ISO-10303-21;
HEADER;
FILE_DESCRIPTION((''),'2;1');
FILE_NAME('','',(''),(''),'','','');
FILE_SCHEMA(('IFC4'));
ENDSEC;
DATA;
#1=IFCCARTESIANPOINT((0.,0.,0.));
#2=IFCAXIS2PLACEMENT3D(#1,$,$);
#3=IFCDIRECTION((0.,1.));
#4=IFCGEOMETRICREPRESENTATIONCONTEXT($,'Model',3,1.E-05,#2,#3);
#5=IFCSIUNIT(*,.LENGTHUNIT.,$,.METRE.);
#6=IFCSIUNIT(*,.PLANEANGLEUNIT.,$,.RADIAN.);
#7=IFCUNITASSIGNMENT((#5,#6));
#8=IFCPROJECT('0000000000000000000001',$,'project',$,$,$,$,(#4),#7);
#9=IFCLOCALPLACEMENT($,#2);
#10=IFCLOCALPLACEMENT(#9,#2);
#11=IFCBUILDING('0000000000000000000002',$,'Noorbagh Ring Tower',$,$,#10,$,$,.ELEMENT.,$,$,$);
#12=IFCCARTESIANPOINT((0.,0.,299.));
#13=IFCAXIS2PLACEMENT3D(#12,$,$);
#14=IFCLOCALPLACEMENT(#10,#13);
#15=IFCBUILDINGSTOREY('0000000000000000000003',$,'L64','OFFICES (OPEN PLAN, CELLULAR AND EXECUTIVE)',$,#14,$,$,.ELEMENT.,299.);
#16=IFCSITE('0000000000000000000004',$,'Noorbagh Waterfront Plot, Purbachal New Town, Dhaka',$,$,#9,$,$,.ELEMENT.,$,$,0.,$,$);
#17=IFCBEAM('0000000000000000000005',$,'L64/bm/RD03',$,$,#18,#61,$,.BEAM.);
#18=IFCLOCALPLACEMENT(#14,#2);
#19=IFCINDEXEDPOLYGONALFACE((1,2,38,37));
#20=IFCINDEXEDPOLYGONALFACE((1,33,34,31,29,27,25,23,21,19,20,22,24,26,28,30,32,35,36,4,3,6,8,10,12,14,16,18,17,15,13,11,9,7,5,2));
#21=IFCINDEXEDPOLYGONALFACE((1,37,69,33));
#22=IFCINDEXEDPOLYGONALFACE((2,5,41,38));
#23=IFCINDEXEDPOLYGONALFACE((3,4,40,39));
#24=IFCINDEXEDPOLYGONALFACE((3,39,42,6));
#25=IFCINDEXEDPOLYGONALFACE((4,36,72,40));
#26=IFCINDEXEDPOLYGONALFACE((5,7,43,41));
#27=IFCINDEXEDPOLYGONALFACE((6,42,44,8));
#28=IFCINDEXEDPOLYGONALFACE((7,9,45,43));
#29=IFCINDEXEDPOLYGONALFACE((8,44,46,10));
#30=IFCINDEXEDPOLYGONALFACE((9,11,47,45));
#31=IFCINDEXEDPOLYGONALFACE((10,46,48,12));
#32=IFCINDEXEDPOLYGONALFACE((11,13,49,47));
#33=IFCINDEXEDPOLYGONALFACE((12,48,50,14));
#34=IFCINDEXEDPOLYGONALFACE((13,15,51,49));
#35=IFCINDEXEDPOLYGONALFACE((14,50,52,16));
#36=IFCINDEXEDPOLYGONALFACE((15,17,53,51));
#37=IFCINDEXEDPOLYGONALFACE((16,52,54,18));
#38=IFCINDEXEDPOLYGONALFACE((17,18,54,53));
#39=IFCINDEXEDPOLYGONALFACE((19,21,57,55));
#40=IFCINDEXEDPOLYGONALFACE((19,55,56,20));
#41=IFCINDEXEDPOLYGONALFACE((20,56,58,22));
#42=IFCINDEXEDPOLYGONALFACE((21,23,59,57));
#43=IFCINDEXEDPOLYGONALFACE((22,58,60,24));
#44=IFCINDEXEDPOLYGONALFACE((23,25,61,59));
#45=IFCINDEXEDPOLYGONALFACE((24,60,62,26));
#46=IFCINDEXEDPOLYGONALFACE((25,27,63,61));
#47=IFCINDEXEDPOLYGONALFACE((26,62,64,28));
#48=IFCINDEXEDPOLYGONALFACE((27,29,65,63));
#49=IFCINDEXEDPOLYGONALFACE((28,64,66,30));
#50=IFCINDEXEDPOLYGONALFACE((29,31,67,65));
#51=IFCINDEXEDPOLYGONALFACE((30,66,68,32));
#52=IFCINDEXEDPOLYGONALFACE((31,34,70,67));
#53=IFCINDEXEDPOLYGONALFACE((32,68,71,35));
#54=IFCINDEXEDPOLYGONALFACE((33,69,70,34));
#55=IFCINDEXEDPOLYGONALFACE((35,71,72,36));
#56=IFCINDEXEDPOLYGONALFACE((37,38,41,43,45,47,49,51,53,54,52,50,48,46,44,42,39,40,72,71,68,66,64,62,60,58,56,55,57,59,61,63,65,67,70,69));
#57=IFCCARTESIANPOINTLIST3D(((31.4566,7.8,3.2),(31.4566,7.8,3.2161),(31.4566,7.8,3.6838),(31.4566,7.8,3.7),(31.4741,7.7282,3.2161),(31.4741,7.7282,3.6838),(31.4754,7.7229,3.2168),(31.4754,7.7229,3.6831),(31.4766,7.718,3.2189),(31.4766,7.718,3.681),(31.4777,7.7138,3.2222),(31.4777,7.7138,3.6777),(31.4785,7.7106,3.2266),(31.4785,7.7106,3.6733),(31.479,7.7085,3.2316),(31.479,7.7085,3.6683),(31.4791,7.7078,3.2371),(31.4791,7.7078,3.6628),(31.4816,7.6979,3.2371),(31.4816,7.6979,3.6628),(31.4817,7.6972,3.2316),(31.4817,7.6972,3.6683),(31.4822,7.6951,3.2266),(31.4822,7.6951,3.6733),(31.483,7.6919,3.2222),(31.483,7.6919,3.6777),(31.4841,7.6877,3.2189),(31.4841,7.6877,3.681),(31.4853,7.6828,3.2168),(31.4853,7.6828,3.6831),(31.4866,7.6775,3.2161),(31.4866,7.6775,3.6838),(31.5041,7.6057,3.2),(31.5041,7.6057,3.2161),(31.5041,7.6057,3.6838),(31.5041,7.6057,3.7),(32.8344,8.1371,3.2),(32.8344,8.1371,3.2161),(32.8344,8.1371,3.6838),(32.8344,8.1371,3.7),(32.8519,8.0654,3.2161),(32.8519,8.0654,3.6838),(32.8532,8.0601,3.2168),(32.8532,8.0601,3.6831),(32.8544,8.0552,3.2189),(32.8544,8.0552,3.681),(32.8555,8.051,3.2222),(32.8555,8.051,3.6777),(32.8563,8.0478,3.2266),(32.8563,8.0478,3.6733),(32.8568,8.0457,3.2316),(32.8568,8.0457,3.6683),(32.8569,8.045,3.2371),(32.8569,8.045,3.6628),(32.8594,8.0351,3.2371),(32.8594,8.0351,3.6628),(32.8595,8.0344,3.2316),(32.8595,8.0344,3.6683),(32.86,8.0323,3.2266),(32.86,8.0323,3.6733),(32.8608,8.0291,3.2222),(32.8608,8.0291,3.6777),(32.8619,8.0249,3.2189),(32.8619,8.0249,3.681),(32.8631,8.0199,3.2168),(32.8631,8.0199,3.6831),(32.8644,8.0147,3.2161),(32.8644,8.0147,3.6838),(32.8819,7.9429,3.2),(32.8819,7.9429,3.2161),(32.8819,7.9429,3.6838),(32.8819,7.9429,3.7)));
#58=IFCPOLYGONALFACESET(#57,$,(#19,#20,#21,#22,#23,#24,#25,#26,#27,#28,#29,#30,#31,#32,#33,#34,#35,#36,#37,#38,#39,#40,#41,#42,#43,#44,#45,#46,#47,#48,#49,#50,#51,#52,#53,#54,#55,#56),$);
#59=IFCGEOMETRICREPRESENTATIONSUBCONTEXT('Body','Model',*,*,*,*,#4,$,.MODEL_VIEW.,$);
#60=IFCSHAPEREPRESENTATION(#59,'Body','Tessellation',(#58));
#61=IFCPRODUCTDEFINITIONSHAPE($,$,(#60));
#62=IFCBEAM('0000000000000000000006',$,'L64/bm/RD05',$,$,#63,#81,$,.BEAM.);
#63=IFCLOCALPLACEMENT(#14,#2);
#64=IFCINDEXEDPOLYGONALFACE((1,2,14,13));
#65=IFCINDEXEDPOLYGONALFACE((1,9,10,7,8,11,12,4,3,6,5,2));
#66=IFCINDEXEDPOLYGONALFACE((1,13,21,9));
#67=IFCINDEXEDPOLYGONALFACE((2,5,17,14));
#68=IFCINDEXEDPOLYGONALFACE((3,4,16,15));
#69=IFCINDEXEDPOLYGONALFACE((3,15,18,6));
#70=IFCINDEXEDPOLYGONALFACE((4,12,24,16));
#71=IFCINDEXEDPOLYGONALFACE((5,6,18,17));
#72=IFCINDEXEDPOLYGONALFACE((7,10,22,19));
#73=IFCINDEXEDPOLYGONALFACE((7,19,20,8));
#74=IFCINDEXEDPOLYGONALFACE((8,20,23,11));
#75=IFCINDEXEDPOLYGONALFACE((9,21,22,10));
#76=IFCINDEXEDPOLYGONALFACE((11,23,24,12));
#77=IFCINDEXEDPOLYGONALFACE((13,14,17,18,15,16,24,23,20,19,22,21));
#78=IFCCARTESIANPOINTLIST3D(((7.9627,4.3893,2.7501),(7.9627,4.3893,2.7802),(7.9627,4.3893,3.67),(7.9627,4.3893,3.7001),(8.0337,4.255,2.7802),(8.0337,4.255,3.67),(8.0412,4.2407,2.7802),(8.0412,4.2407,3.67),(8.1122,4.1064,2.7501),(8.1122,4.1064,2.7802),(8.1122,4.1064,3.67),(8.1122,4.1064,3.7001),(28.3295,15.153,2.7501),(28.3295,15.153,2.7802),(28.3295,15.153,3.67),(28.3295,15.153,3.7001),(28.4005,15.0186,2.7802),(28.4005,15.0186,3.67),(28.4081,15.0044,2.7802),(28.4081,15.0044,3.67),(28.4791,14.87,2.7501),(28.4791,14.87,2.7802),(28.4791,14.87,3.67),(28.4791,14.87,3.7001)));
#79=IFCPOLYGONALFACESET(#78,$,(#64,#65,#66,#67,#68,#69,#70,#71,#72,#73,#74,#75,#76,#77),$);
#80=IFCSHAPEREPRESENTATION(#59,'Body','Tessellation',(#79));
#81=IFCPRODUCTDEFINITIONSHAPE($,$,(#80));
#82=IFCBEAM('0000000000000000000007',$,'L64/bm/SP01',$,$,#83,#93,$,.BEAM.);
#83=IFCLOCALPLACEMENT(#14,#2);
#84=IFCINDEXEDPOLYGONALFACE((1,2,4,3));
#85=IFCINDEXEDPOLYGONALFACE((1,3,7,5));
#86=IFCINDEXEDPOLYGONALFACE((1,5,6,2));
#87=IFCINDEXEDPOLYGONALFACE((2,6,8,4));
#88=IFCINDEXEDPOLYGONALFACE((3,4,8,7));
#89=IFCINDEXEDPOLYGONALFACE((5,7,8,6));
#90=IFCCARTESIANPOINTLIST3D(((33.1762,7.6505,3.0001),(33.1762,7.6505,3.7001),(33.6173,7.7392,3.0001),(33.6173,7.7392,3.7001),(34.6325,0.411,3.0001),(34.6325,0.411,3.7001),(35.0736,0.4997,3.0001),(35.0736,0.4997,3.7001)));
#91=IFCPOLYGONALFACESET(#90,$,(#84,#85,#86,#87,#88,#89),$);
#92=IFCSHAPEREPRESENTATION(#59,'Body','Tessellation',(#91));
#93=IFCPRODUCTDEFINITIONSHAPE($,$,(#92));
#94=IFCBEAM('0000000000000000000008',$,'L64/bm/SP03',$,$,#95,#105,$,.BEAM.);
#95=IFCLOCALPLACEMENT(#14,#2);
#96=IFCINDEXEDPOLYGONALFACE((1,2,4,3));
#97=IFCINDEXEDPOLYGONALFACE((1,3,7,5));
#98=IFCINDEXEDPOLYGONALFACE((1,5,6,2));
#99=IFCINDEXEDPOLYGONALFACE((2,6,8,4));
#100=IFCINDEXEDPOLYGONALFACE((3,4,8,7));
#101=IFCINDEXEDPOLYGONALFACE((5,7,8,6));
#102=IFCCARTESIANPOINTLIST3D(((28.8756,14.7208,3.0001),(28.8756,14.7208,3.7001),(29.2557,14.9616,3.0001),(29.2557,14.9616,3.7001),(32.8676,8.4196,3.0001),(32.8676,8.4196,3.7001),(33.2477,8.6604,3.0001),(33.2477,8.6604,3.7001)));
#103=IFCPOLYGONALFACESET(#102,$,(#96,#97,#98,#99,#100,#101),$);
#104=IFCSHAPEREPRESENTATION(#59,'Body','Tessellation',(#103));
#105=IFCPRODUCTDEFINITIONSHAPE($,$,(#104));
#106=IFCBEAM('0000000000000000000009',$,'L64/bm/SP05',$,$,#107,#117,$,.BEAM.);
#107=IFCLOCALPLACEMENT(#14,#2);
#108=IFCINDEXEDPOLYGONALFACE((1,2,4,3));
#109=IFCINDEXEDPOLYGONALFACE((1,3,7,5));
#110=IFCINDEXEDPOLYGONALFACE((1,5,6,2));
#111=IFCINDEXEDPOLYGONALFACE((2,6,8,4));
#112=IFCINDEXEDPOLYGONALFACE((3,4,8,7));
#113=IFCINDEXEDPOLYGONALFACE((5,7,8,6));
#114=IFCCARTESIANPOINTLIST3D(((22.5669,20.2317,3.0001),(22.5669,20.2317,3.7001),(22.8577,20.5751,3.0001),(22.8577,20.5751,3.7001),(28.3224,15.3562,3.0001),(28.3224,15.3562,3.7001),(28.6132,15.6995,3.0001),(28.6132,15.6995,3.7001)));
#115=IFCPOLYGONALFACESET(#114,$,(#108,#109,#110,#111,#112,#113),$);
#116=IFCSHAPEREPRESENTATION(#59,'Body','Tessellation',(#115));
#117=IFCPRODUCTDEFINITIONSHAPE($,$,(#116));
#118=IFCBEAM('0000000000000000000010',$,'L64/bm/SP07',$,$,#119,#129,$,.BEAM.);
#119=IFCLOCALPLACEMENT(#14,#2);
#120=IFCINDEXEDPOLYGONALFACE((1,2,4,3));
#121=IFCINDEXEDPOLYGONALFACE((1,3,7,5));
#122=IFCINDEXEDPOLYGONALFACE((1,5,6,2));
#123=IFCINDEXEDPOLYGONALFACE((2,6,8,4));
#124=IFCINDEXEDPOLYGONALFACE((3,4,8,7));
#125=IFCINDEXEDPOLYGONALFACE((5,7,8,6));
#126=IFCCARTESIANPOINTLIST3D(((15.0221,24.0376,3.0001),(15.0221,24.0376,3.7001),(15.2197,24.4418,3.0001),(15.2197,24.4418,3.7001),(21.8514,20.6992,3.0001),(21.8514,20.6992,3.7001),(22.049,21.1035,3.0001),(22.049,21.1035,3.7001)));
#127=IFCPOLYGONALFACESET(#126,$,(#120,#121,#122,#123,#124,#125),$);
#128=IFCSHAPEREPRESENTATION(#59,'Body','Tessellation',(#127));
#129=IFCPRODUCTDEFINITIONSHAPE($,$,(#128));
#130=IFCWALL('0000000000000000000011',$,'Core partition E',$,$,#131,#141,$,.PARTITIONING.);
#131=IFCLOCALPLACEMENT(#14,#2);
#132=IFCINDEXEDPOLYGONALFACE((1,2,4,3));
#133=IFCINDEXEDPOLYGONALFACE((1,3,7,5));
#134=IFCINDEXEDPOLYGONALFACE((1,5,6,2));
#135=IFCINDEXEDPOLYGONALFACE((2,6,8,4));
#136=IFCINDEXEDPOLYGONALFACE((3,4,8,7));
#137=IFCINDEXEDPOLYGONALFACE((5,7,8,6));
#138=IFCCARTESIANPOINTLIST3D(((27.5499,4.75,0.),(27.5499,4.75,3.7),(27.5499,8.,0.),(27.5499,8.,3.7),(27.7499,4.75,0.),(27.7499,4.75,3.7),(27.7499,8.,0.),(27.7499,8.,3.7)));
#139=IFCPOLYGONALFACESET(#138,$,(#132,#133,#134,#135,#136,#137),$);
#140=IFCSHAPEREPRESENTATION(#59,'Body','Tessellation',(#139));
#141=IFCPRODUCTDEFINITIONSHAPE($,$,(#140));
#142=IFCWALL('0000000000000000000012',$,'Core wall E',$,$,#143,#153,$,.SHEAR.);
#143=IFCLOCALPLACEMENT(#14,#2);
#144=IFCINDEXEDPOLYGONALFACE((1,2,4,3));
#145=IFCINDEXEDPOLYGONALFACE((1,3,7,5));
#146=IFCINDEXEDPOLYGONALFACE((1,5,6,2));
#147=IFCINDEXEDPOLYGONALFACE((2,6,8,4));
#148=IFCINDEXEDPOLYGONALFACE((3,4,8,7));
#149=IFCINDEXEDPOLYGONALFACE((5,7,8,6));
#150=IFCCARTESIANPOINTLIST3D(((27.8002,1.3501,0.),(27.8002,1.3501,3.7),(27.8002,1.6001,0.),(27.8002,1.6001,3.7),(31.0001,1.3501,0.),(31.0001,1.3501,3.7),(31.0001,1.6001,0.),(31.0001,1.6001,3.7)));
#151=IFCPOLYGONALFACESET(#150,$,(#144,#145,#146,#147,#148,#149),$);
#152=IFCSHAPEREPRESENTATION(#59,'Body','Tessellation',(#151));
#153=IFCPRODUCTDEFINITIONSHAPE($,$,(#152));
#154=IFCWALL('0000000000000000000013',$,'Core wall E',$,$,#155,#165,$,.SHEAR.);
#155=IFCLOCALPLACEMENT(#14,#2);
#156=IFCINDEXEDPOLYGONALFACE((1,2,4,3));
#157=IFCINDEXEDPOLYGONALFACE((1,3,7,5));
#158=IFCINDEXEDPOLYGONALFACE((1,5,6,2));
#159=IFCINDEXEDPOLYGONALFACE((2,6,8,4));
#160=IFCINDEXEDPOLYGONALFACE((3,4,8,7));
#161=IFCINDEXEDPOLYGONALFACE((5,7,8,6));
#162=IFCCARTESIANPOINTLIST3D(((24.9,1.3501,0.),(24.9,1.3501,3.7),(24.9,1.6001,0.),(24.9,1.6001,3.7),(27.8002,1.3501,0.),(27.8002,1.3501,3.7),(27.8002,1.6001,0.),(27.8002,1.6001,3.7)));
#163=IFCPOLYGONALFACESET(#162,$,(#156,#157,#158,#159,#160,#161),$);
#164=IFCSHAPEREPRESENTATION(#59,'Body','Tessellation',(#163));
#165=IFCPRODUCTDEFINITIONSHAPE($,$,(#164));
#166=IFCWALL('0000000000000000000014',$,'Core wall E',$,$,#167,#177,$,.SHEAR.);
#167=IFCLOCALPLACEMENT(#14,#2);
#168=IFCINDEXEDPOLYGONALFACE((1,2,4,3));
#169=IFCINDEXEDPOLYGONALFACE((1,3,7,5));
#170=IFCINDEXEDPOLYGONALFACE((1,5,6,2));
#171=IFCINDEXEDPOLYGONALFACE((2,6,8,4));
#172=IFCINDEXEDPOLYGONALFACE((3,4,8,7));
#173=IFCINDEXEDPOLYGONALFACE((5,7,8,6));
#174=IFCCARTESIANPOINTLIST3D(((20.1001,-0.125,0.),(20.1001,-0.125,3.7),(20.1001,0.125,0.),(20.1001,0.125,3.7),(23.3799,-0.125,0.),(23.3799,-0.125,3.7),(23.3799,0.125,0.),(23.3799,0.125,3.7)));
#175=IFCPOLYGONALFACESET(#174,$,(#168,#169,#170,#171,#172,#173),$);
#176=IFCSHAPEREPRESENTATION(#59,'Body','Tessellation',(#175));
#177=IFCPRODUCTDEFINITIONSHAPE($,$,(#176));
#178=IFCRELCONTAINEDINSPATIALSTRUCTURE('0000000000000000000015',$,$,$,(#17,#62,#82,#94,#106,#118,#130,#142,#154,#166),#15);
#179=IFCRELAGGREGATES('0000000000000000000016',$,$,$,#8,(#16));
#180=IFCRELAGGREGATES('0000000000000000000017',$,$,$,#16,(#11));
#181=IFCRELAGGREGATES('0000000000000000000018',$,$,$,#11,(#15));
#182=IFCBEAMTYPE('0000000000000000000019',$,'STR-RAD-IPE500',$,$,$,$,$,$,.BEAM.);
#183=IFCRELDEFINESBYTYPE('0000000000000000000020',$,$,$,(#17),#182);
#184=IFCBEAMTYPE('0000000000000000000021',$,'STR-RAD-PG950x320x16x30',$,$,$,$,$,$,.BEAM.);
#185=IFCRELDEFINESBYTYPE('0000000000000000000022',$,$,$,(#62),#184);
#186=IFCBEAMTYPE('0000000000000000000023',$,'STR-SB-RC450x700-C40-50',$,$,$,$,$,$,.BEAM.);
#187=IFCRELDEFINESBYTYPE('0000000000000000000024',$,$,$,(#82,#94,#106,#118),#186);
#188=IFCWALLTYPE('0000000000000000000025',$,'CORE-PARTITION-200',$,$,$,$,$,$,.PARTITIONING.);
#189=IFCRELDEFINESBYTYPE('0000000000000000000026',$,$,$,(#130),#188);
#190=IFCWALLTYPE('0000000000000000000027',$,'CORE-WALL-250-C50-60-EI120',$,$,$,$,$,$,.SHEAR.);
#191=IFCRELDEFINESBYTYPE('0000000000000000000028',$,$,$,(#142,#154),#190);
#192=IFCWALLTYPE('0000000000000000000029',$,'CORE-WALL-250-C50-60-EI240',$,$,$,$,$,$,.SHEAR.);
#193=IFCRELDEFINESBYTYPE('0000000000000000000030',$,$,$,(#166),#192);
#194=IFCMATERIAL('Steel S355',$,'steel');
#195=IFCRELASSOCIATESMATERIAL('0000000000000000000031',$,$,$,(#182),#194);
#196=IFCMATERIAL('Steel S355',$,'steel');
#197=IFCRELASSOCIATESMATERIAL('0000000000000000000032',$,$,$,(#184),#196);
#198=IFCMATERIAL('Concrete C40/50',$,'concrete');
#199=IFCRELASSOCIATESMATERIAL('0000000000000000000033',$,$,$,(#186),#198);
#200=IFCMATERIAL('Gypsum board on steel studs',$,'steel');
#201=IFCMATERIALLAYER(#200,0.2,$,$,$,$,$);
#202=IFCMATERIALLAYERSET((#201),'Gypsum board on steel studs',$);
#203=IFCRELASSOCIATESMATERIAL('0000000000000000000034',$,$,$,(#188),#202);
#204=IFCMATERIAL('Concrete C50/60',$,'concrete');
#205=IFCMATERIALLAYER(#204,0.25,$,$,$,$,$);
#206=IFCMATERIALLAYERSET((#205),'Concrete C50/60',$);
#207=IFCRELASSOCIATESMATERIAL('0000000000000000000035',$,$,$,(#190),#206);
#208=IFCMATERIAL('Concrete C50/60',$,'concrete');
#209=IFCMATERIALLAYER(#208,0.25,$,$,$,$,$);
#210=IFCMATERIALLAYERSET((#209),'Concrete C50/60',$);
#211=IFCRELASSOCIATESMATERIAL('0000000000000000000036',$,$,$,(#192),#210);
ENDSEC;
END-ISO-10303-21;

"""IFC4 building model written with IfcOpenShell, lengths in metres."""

from ifc_helpers import new_model, si_unit, direction, frame, frame_2d, origin, origin_2d, place, context, subcontext, project, spatial, rectangle, i_section, extrude, material, layer, layer_set, material_profile, profile_set, type_object, element, save


model = new_model("IFC4")

# Units and contexts
model_context = context("Model", 3, precision=1e-05, world=origin(), true_north=direction((0.0, 1.0)))
body_context = subcontext(model_context, "Body", "Model", "MODEL_VIEW")
ifc_project = project(units=[si_unit("LENGTHUNIT", "METRE"), si_unit("PLANEANGLEUNIT", "RADIAN")], contexts=[model_context])

# Site, building, storey
site_placement = place(None, origin())
site = spatial("IfcSite", under=ifc_project, at=site_placement, Name="Noorbagh Waterfront Plot, Purbachal New Town, Dhaka", CompositionType="ELEMENT", RefElevation=0.0)
building_placement = place(site_placement, origin())
building = spatial("IfcBuilding", under=site, at=building_placement, Name="Noorbagh Ring Tower", CompositionType="ELEMENT")
storey_placement = place(building_placement, frame((0.0, 0.0, 299.0)))
storey = spatial("IfcBuildingStorey", under=building, at=storey_placement, Name="L64", Description="OFFICES (OPEN PLAN, CELLULAR AND EXECUTIVE)", CompositionType="ELEMENT", Elevation=299.0)

# Beams
ifc_material_1 = material(Name="Steel S355", Category="steel")
ifc_material_profile_1 = material_profile(ifc_material_1, i_section(OverallWidth=0.2, OverallDepth=0.5, WebThickness=0.0103, FlangeThickness=0.0161, FilletRadius=0.021, at=origin_2d()), Name="IPE500")
ifc_profile_set_1 = profile_set([ifc_material_profile_1], Name="Steel S355")
beam_type_1 = type_object("IfcBeamType", Name="STR-RAD-IPE500", PredefinedType="BEAM", material=ifc_profile_set_1)
beam_1_placement = place(storey_placement, frame((32.8582, 8.04, 3.45), z_axis=(-0.971335, -0.237713, 0.0), x_axis=(0.237713, -0.971335, 0.0)))
element("IfcBeam", 1, at=beam_1_placement, inside=storey, type_object=beam_type_1, Name="L64/bm/RD03", PredefinedType="BEAM", context=body_context, shape_type="SweptSolid", body=[
    extrude(i_section(OverallWidth=0.2, OverallDepth=0.5, WebThickness=0.0103, FlangeThickness=0.0161, FilletRadius=0.021, at=origin_2d()), origin(), (0.0, 0.0, 1.0), 1.4185),
])
ifc_material_2 = material(Name="Steel S355", Category="steel")
ifc_material_profile_2 = material_profile(ifc_material_2, i_section(OverallWidth=0.3201, OverallDepth=0.95, WebThickness=0.0161, FlangeThickness=0.03, at=origin_2d()), Name="PG950x320x16x30")
ifc_profile_set_2 = profile_set([ifc_material_profile_2], Name="Steel S355")
beam_type_2 = type_object("IfcBeamType", Name="STR-RAD-PG950x320x16x30", PredefinedType="BEAM", material=ifc_profile_set_2)
beam_2_placement = place(storey_placement, frame((28.4043, 15.0115, 3.2251), z_axis=(-0.884126, -0.467249, 0.0), x_axis=(0.467249, -0.884126, 0.0)))
element("IfcBeam", 2, at=beam_2_placement, inside=storey, type_object=beam_type_2, Name="L64/bm/RD05", PredefinedType="BEAM", context=body_context, shape_type="SweptSolid", body=[
    extrude(i_section(OverallWidth=0.3201, OverallDepth=0.95, WebThickness=0.0161, FlangeThickness=0.03, at=origin_2d()), origin(), (0.0, 0.0, 1.0), 23.0361),
])
ifc_material_3 = material(Name="Concrete C40/50", Category="concrete")
ifc_material_profile_3 = material_profile(ifc_material_3, rectangle(XDim=0.45, YDim=0.7, at=origin_2d()), Name="RC450x700")
ifc_profile_set_3 = profile_set([ifc_material_profile_3], Name="Concrete C40/50")
beam_type_3 = type_object("IfcBeamType", Name="STR-SB-RC450x700-C40-50", PredefinedType="BEAM", material=ifc_profile_set_3)
beam_3_placement = place(storey_placement, frame((34.853, 0.4553, 3.3501), z_axis=(-0.19721, 0.980361, 0.0), x_axis=(-0.980361, -0.19721, 0.0)))
element("IfcBeam", 3, at=beam_3_placement, inside=storey, type_object=beam_type_3, Name="L64/bm/SP01", PredefinedType="BEAM", context=body_context, shape_type="SweptSolid", body=[
    extrude(rectangle(XDim=0.45, YDim=0.7, at=origin_2d()), origin(), (0.0, 0.0, 1.0), 7.3845),
])
beam_4_placement = place(storey_placement, frame((33.0576, 8.54, 3.3501), z_axis=(-0.535176, 0.844741, 0.0), x_axis=(-0.844741, -0.535176, 0.0)))
element("IfcBeam", 4, at=beam_4_placement, inside=storey, type_object=beam_type_3, Name="L64/bm/SP03", PredefinedType="BEAM", context=body_context, shape_type="SweptSolid", body=[
    extrude(rectangle(XDim=0.45, YDim=0.7, at=origin_2d()), origin(), (0.0, 0.0, 1.0), 7.4592),
])
beam_5_placement = place(storey_placement, frame((28.4678, 15.5278, 3.3501), z_axis=(-0.763023, 0.646372, 0.0), x_axis=(-0.646372, -0.763023, 0.0)))
element("IfcBeam", 5, at=beam_5_placement, inside=storey, type_object=beam_type_3, Name="L64/bm/SP05", PredefinedType="BEAM", context=body_context, shape_type="SweptSolid", body=[
    extrude(rectangle(XDim=0.45, YDim=0.7, at=origin_2d()), origin(), (0.0, 0.0, 1.0), 7.543),
])
beam_6_placement = place(storey_placement, frame((21.9502, 20.9014, 3.3501), z_axis=(-0.898406, 0.439166, 0.0), x_axis=(-0.439166, -0.898406, 0.0)))
element("IfcBeam", 6, at=beam_6_placement, inside=storey, type_object=beam_type_3, Name="L64/bm/SP07", PredefinedType="BEAM", context=body_context, shape_type="SweptSolid", body=[
    extrude(rectangle(XDim=0.45, YDim=0.7, at=origin_2d()), origin(), (0.0, 0.0, 1.0), 7.6016),
])

# Walls
ifc_material_4 = material(Name="Gypsum board on steel studs", Category="steel")
ifc_layer_1 = layer(ifc_material_4, 0.2)
ifc_layer_set_1 = layer_set([ifc_layer_1], Name="Gypsum board on steel studs")
wall_type_1 = type_object("IfcWallType", Name="CORE-PARTITION-200", PredefinedType="PARTITIONING", material=ifc_layer_set_1)
wall_1_placement = place(storey_placement, frame((27.6499, 4.75, 0.0), z_axis=(0.0, 0.0, 1.0), x_axis=(0.0, 1.0, 0.0)))
element("IfcWall", 7, at=wall_1_placement, inside=storey, type_object=wall_type_1, Name="Core partition E", PredefinedType="PARTITIONING", context=body_context, shape_type="SweptSolid", body=[
    extrude(rectangle(XDim=3.25, YDim=0.2, at=frame_2d((1.625, 0.0))), origin(), (0.0, 0.0, 1.0), 3.7),
])
ifc_material_5 = material(Name="Concrete C50/60", Category="concrete")
ifc_layer_2 = layer(ifc_material_5, 0.25)
ifc_layer_set_2 = layer_set([ifc_layer_2], Name="Concrete C50/60")
wall_type_2 = type_object("IfcWallType", Name="CORE-WALL-250-C50-60-EI120", PredefinedType="SHEAR", material=ifc_layer_set_2)
wall_2_placement = place(storey_placement, frame((27.8, 1.4751, 0.0), z_axis=(0.0, 0.0, 1.0), x_axis=(1.0, 0.0, 0.0)))
element("IfcWall", 8, at=wall_2_placement, inside=storey, type_object=wall_type_2, Name="Core wall E", PredefinedType="SHEAR", context=body_context, shape_type="SweptSolid", body=[
    extrude(rectangle(XDim=3.2, YDim=0.25, at=frame_2d((1.6001, 0.0))), origin(), (0.0, 0.0, 1.0), 3.7),
])
wall_3_placement = place(storey_placement, frame((24.8999, 1.4751, 0.0), z_axis=(0.0, 0.0, 1.0), x_axis=(1.0, 0.0, 0.0)))
element("IfcWall", 9, at=wall_3_placement, inside=storey, type_object=wall_type_2, Name="Core wall E", PredefinedType="SHEAR", context=body_context, shape_type="SweptSolid", body=[
    extrude(rectangle(XDim=2.9001, YDim=0.25, at=frame_2d((1.4502, 0.0))), origin(), (0.0, 0.0, 1.0), 3.7),
])
ifc_material_6 = material(Name="Concrete C50/60", Category="concrete")
ifc_layer_3 = layer(ifc_material_6, 0.25)
ifc_layer_set_3 = layer_set([ifc_layer_3], Name="Concrete C50/60")
wall_type_3 = type_object("IfcWallType", Name="CORE-WALL-250-C50-60-EI240", PredefinedType="SHEAR", material=ifc_layer_set_3)
wall_4_placement = place(storey_placement, frame((20.1001, 0.0, 0.0), z_axis=(0.0, 0.0, 1.0), x_axis=(1.0, 0.0, 0.0)))
element("IfcWall", 10, at=wall_4_placement, inside=storey, type_object=wall_type_3, Name="Core wall E", PredefinedType="SHEAR", context=body_context, shape_type="SweptSolid", body=[
    extrude(rectangle(XDim=3.2798, YDim=0.25, at=frame_2d((1.6399, 0.0))), origin(), (0.0, 0.0, 1.0), 3.7),
])

save(model, "model.ifc")
